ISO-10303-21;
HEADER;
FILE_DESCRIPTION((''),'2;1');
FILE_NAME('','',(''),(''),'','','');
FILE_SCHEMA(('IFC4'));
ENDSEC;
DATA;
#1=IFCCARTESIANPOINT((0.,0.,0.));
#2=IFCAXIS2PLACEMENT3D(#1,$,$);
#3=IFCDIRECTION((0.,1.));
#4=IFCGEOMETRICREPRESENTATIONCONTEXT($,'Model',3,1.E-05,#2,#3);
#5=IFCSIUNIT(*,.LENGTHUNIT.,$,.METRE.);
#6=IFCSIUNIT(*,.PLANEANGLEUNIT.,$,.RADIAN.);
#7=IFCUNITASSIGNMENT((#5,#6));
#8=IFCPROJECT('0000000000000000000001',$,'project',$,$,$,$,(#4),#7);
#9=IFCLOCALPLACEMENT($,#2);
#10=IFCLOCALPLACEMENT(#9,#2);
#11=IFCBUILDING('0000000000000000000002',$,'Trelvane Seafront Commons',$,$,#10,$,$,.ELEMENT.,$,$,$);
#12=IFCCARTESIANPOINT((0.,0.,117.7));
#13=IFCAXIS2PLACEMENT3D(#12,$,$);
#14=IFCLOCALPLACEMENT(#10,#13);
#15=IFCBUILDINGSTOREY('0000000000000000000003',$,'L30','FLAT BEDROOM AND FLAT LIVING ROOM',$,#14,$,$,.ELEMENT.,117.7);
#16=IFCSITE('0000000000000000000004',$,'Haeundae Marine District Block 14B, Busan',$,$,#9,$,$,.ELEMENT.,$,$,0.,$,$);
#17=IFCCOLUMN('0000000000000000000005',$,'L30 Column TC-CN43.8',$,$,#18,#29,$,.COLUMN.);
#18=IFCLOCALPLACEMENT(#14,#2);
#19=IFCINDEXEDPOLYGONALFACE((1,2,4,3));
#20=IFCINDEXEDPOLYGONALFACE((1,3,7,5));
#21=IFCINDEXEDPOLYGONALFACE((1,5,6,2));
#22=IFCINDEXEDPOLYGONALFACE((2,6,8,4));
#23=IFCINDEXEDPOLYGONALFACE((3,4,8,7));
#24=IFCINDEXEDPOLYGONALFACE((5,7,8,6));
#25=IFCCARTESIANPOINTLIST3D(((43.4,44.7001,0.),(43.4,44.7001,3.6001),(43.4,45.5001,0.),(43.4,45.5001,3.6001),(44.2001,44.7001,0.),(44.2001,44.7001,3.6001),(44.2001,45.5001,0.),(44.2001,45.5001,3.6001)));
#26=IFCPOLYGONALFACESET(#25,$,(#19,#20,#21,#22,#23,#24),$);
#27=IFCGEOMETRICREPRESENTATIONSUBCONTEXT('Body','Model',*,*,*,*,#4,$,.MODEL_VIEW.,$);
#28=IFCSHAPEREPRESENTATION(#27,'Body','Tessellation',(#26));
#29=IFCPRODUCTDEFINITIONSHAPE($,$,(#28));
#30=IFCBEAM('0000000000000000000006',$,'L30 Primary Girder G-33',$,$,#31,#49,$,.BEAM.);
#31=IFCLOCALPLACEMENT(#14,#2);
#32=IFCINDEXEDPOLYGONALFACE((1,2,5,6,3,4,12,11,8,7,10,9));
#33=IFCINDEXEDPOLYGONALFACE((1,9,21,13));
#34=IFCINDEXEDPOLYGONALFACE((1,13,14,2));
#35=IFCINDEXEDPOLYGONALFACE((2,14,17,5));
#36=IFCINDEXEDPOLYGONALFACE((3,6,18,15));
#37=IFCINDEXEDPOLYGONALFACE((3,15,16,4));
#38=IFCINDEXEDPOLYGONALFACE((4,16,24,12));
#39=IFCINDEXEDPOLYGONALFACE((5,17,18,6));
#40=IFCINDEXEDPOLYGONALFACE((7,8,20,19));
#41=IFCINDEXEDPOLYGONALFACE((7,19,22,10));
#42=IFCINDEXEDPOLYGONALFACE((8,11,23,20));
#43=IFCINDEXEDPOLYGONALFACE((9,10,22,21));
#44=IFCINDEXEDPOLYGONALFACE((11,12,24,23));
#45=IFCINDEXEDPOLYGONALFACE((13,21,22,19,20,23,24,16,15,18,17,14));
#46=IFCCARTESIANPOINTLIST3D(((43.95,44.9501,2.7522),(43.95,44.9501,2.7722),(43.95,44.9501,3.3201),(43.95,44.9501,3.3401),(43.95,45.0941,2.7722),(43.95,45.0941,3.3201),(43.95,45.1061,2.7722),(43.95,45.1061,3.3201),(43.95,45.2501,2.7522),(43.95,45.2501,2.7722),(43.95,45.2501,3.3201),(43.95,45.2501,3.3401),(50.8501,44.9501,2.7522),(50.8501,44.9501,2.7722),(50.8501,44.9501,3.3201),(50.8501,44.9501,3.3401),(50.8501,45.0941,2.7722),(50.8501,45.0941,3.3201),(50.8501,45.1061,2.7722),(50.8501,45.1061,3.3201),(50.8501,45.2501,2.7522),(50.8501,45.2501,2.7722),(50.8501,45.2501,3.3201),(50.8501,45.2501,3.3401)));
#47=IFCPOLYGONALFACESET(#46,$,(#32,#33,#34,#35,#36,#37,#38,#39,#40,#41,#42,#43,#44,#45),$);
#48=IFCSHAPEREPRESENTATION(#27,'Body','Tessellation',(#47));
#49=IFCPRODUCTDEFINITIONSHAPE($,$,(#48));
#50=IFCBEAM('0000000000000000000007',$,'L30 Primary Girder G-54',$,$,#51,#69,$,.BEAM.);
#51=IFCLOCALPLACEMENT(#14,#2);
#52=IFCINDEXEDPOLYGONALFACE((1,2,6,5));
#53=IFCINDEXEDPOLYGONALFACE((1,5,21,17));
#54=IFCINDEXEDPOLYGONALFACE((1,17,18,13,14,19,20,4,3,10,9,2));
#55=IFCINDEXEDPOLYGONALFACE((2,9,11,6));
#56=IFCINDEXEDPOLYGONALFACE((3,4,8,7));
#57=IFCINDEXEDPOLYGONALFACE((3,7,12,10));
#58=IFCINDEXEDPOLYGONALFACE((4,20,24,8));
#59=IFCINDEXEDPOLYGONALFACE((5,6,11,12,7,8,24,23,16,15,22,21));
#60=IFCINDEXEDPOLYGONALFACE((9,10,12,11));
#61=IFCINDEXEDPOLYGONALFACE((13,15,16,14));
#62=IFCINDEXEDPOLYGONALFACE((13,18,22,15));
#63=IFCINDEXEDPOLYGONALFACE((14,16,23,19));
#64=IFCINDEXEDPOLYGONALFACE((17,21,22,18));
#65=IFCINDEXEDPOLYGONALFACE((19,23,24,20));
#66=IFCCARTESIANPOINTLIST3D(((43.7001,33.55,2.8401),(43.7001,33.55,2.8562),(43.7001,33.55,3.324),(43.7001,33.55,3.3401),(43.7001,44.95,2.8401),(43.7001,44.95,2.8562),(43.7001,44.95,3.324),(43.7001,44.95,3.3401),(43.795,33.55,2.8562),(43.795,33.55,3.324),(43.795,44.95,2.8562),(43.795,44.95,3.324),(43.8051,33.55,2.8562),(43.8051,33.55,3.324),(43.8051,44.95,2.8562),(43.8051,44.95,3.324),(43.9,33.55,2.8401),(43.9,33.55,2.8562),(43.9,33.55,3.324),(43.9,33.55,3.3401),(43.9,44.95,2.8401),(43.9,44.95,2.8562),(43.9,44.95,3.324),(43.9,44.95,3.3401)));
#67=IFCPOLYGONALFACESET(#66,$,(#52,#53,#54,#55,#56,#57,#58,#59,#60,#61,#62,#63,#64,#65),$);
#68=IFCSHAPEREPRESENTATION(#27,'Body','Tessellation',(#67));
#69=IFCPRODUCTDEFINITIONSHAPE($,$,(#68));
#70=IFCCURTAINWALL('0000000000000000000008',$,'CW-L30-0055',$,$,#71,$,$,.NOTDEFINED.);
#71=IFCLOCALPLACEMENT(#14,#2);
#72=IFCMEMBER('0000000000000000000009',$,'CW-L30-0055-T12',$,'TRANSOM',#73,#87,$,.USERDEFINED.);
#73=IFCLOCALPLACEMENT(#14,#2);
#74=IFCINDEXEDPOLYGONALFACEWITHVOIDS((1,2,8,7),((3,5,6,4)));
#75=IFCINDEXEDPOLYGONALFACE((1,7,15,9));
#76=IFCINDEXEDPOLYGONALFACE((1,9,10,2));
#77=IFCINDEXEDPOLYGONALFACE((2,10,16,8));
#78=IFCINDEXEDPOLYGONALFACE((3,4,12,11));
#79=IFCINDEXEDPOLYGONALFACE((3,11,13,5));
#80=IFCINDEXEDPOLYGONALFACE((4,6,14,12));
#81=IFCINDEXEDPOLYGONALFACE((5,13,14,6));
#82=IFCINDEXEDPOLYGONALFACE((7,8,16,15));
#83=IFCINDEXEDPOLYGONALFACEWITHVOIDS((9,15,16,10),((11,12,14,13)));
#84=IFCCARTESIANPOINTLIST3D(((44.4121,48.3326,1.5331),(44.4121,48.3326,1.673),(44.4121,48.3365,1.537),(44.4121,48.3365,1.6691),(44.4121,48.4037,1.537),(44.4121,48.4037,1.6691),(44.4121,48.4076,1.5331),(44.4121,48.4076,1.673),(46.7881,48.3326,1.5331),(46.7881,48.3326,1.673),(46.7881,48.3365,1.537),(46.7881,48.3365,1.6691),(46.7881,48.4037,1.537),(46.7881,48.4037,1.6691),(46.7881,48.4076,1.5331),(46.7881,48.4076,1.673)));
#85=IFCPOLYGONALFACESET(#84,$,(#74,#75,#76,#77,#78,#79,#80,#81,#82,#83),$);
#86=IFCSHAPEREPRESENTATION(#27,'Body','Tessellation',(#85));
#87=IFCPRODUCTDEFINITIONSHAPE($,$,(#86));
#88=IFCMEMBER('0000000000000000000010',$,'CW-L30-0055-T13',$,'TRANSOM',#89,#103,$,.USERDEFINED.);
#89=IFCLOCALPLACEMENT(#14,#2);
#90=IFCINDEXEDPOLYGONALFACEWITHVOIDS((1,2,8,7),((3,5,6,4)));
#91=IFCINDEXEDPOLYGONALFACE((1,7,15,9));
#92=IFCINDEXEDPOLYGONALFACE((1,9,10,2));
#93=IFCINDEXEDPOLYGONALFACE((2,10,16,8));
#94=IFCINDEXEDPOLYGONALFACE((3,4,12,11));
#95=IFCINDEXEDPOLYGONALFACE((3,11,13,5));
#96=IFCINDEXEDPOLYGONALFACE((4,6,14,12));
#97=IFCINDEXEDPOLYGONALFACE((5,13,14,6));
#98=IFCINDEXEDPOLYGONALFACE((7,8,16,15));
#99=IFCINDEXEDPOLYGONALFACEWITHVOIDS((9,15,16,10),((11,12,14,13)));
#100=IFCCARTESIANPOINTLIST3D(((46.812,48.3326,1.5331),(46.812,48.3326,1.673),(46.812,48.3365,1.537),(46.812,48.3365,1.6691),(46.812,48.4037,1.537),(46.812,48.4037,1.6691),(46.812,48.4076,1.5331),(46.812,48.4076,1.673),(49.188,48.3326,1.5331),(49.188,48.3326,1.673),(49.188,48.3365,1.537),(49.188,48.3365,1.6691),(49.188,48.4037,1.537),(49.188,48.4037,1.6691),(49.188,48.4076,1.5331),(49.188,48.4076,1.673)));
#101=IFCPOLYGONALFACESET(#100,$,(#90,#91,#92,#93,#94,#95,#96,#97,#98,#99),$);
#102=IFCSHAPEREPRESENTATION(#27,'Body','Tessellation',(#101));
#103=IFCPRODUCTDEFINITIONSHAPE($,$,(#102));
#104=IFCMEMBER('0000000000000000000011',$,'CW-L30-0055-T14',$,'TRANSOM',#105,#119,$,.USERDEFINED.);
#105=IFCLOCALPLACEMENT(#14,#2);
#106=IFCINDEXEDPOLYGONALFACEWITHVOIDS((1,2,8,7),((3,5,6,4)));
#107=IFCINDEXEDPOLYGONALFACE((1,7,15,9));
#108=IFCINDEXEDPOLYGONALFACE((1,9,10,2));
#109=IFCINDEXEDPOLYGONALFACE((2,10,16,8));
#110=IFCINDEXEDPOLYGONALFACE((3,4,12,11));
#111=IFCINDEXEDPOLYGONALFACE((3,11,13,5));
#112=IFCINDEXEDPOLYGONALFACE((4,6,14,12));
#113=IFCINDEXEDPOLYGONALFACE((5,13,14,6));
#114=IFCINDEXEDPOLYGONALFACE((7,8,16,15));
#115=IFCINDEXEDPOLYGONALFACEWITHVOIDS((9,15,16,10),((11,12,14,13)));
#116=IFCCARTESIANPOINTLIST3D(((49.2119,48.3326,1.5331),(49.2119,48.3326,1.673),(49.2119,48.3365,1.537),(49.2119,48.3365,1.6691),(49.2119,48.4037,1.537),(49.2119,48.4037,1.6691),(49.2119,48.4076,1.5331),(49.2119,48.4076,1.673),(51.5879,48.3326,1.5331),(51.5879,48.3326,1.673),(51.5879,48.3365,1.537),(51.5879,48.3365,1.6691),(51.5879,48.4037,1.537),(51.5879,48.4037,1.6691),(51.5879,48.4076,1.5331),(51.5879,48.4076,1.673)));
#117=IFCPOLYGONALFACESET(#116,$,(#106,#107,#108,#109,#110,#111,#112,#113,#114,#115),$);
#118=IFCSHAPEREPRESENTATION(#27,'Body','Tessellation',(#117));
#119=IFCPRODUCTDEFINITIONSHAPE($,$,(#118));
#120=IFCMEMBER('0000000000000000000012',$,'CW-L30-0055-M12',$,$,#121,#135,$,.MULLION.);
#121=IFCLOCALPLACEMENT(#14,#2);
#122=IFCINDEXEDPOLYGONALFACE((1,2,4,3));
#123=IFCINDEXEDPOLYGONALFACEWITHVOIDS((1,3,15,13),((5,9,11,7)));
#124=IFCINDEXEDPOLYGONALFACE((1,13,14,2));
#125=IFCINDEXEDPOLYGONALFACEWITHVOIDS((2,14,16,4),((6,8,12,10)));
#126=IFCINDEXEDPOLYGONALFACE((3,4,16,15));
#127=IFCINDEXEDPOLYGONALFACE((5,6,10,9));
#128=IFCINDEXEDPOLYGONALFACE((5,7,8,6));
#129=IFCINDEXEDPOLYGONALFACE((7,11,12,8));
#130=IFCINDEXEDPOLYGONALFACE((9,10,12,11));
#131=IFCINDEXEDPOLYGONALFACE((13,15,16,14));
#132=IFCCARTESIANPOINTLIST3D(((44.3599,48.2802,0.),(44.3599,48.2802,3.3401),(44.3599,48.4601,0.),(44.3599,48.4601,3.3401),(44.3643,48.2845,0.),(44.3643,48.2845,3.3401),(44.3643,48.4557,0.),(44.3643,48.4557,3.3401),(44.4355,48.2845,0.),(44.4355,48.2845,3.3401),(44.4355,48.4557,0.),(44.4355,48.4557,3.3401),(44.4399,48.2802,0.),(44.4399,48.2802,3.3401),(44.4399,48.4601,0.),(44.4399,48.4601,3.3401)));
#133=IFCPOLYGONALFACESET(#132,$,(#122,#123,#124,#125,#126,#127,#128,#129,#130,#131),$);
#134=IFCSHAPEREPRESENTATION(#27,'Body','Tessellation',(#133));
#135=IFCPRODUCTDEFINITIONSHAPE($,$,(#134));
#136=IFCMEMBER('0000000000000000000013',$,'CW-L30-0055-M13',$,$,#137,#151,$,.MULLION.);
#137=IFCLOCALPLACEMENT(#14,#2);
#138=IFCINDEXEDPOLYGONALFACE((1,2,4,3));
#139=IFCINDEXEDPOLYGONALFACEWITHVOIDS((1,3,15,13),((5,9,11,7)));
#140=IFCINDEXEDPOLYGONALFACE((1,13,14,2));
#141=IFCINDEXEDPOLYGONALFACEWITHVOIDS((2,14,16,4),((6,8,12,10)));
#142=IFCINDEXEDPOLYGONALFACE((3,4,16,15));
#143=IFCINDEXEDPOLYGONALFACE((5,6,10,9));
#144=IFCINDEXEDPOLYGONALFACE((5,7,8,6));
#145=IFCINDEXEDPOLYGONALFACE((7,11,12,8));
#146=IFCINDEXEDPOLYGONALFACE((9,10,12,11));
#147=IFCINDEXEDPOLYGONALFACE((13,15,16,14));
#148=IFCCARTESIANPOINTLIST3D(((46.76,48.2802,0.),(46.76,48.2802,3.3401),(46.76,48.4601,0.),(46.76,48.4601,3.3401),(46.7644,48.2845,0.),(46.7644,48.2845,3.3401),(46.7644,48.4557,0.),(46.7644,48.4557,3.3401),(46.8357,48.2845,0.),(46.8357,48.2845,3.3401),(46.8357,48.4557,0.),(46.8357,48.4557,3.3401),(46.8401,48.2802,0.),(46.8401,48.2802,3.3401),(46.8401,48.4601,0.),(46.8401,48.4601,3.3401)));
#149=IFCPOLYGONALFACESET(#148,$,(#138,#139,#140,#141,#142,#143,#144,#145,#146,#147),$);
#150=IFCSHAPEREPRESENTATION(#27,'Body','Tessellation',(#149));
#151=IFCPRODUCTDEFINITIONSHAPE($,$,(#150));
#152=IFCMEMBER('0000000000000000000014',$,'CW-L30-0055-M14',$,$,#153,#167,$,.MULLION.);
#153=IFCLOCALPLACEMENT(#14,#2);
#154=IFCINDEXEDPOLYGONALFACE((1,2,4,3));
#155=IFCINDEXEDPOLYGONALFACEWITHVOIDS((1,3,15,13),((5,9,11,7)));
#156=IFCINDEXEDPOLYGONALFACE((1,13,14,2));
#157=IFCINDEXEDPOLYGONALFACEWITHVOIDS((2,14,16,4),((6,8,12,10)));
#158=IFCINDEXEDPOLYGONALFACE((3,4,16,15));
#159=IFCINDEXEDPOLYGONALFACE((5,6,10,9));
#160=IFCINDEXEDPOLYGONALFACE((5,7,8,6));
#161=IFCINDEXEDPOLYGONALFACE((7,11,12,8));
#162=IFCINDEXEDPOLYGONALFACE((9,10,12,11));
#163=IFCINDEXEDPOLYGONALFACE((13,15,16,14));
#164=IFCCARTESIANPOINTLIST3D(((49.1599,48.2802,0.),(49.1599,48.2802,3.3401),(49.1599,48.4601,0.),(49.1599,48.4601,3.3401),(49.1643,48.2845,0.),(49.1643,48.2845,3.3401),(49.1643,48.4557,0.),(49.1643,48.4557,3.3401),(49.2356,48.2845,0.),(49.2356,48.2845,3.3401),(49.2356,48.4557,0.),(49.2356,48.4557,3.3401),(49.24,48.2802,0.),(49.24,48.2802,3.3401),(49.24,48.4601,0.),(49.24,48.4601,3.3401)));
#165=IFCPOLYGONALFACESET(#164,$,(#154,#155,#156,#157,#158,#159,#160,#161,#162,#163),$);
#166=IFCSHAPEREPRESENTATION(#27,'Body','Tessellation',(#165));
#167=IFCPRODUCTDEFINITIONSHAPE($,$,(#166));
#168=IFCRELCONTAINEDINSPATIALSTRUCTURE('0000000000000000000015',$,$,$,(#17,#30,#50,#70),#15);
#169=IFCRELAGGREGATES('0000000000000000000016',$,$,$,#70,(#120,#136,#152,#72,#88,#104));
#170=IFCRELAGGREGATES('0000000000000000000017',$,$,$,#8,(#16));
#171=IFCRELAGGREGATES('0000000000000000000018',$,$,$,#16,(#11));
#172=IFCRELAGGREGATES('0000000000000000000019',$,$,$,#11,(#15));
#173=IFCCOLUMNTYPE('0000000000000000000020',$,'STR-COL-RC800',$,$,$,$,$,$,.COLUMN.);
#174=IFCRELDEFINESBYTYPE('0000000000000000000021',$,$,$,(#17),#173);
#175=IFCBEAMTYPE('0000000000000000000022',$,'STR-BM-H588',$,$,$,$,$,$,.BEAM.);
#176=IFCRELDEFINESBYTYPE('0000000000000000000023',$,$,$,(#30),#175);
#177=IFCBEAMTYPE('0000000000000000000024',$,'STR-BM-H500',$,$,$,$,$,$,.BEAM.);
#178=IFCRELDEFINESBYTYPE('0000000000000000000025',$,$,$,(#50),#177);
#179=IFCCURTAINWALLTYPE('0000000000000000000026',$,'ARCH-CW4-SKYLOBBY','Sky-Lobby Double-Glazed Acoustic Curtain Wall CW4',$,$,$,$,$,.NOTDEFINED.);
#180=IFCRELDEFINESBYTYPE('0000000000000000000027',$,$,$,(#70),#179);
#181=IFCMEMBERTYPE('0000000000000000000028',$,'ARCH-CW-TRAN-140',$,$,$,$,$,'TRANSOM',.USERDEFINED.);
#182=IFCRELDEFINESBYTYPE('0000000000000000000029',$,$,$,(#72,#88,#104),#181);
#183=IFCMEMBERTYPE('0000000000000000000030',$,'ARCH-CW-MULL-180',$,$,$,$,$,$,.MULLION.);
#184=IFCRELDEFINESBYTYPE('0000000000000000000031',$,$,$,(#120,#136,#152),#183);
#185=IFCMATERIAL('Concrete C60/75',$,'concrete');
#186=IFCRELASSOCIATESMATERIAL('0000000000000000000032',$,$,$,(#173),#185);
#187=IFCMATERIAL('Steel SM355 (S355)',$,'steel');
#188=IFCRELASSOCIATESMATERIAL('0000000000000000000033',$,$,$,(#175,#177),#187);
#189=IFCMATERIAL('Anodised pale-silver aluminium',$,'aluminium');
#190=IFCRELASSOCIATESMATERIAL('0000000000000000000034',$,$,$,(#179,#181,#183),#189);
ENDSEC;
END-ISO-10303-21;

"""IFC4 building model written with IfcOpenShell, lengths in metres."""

from ifc_helpers import new_model, si_unit, direction, frame, origin, origin_2d, place, context, subcontext, project, spatial, rectangle, hollow_rectangle, i_section, extrude, source, transform, mapped, material, material_profile, profile_set, type_object, element, aggregate, save


model = new_model("IFC4")

# Units and contexts
model_context = context("Model", 3, precision=1e-05, world=origin(), true_north=direction((0.0, 1.0)))
body_context = subcontext(model_context, "Body", "Model", "MODEL_VIEW")
ifc_project = project(units=[si_unit("LENGTHUNIT", "METRE"), si_unit("PLANEANGLEUNIT", "RADIAN")], contexts=[model_context])

# Site, building, storey
site_placement = place(None, origin())
site = spatial("IfcSite", under=ifc_project, at=site_placement, Name="Haeundae Marine District Block 14B, Busan", CompositionType="ELEMENT", RefElevation=0.0)
building_placement = place(site_placement, origin())
building = spatial("IfcBuilding", under=site, at=building_placement, Name="Trelvane Seafront Commons", CompositionType="ELEMENT")
storey_placement = place(building_placement, frame((0.0, 0.0, 117.7)))
storey = spatial("IfcBuildingStorey", under=building, at=storey_placement, Name="L30", Description="FLAT BEDROOM AND FLAT LIVING ROOM", CompositionType="ELEMENT", Elevation=117.7)

# Column
ifc_material_1 = material(Name="Concrete C60/75", Category="concrete")
ifc_material_profile_1 = material_profile(ifc_material_1, rectangle(XDim=0.8, YDim=0.8, at=origin_2d()), Name="RC-800x800")
ifc_profile_set_1 = profile_set([ifc_material_profile_1], Name="Concrete C60/75")
column_type = type_object("IfcColumnType", Name="STR-COL-RC800", PredefinedType="COLUMN", material=ifc_profile_set_1)
shared_shape_1 = source(origin(), body_context, "Body", "SweptSolid", [
    extrude(rectangle(XDim=0.8, YDim=0.8, at=origin_2d()), origin(), (0.0, 0.0, 1.0), 3.6001),
])
column_placement = place(storey_placement, frame((43.8, 45.1001, 0.0), z_axis=(0.0, 0.0, 1.0), x_axis=(1.0, 0.0, 0.0)))
element("IfcColumn", 1, at=column_placement, inside=storey, type_object=column_type, Name="L30 Column TC-CN43.8", PredefinedType="COLUMN", context=body_context, shape_type="MappedRepresentation", body=[
    mapped(shared_shape_1, transform((0.0, 0.0, 0.0), x_axis=(1.0, 0.0, 0.0), y_axis=(0.0, 1.0, 0.0), z_axis=(0.0, 0.0, 1.0), scale=1.0)),
])

# Beams
ifc_material_2 = material(Name="Steel SM355 (S355)", Category="steel")
ifc_material_profile_2 = material_profile(ifc_material_2, i_section(OverallWidth=0.3, OverallDepth=0.5879, WebThickness=0.012, FlangeThickness=0.02, at=origin_2d()), Name="H-588x300x12x20")
ifc_profile_set_2 = profile_set([ifc_material_profile_2], Name="Steel SM355 (S355)")
beam_type_1 = type_object("IfcBeamType", Name="STR-BM-H588", PredefinedType="BEAM", material=ifc_profile_set_2)
shared_shape_2 = source(origin(), body_context, "Body", "SweptSolid", [
    extrude(i_section(OverallWidth=0.3, OverallDepth=0.5879, WebThickness=0.012, FlangeThickness=0.02, at=origin_2d()), origin(), (0.0, 0.0, 1.0), 6.9001),
])
beam_1_placement = place(storey_placement, frame((43.95, 45.1001, 3.0461), z_axis=(1.0, 0.0, 0.0), x_axis=(0.0, 1.0, 0.0)))
element("IfcBeam", 2, at=beam_1_placement, inside=storey, type_object=beam_type_1, Name="L30 Primary Girder G-33", PredefinedType="BEAM", context=body_context, shape_type="MappedRepresentation", body=[
    mapped(shared_shape_2, transform((0.0, 0.0, 0.0), x_axis=(1.0, 0.0, 0.0), y_axis=(0.0, 1.0, 0.0), z_axis=(0.0, 0.0, 1.0), scale=1.0)),
])
ifc_material_profile_3 = material_profile(ifc_material_2, i_section(OverallWidth=0.2, OverallDepth=0.5, WebThickness=0.01, FlangeThickness=0.0161, at=origin_2d()), Name="H-500x200x10x16")
ifc_profile_set_3 = profile_set([ifc_material_profile_3], Name="Steel SM355 (S355)")
beam_type_2 = type_object("IfcBeamType", Name="STR-BM-H500", PredefinedType="BEAM", material=ifc_profile_set_3)
shared_shape_3 = source(origin(), body_context, "Body", "SweptSolid", [
    extrude(i_section(OverallWidth=0.2, OverallDepth=0.5, WebThickness=0.01, FlangeThickness=0.0161, at=origin_2d()), origin(), (0.0, 0.0, 1.0), 11.3999),
])
beam_2_placement = place(storey_placement, frame((43.8, 33.55, 3.0901), z_axis=(0.0, 1.0, 0.0), x_axis=(-1.0, 0.0, 0.0)))
element("IfcBeam", 3, at=beam_2_placement, inside=storey, type_object=beam_type_2, Name="L30 Primary Girder G-54", PredefinedType="BEAM", context=body_context, shape_type="MappedRepresentation", body=[
    mapped(shared_shape_3, transform((0.0, 0.0, 0.0), x_axis=(1.0, 0.0, 0.0), y_axis=(0.0, 1.0, 0.0), z_axis=(0.0, 0.0, 1.0), scale=1.0)),
])

# Curtain wall, members
ifc_material_3 = material(Name="Anodised pale-silver aluminium", Category="aluminium")
curtain_wall_type = type_object("IfcCurtainWallType", Name="ARCH-CW4-SKYLOBBY", Description="Sky-Lobby Double-Glazed Acoustic Curtain Wall CW4", PredefinedType="NOTDEFINED", material=ifc_material_3)
curtain_wall_placement = place(storey_placement, origin())
curtain_wall = element("IfcCurtainWall", 4, at=curtain_wall_placement, inside=storey, type_object=curtain_wall_type, Name="CW-L30-0055", PredefinedType="NOTDEFINED")
ifc_material_profile_4 = material_profile(ifc_material_3, hollow_rectangle(XDim=0.075, YDim=0.1399, WallThickness=0.0039, at=origin_2d()), Name="TRAN-75x140x4")
ifc_profile_set_4 = profile_set([ifc_material_profile_4], Name="Anodised pale-silver aluminium")
member_type_1 = type_object("IfcMemberType", Name="ARCH-CW-TRAN-140", ElementType="TRANSOM", PredefinedType="USERDEFINED", material=ifc_profile_set_4)
shared_shape_4 = source(origin(), body_context, "Body", "SweptSolid", [
    extrude(hollow_rectangle(XDim=0.075, YDim=0.1399, WallThickness=0.0039, at=origin_2d()), origin(), (0.0, 0.0, 1.0), 2.376),
])
member_1_placement = place(storey_placement, frame((44.4121, 48.3701, 1.603), z_axis=(1.0, 0.0, 0.0), x_axis=(0.0, 1.0, 0.0)))
member_1 = element("IfcMember", 5, at=member_1_placement, type_object=member_type_1, Name="CW-L30-0055-T12", ObjectType="TRANSOM", PredefinedType="USERDEFINED", context=body_context, shape_type="MappedRepresentation", body=[
    mapped(shared_shape_4, transform((0.0, 0.0, 0.0), x_axis=(1.0, 0.0, 0.0), y_axis=(0.0, 1.0, 0.0), z_axis=(0.0, 0.0, 1.0), scale=1.0)),
])
member_2_placement = place(storey_placement, frame((46.812, 48.3701, 1.603), z_axis=(1.0, 0.0, 0.0), x_axis=(0.0, 1.0, 0.0)))
member_2 = element("IfcMember", 6, at=member_2_placement, type_object=member_type_1, Name="CW-L30-0055-T13", ObjectType="TRANSOM", PredefinedType="USERDEFINED", context=body_context, shape_type="MappedRepresentation", body=[
    mapped(shared_shape_4, transform((0.0, 0.0, 0.0), x_axis=(1.0, 0.0, 0.0), y_axis=(0.0, 1.0, 0.0), z_axis=(0.0, 0.0, 1.0), scale=1.0)),
])
member_3_placement = place(storey_placement, frame((49.2119, 48.3701, 1.603), z_axis=(1.0, 0.0, 0.0), x_axis=(0.0, 1.0, 0.0)))
member_3 = element("IfcMember", 7, at=member_3_placement, type_object=member_type_1, Name="CW-L30-0055-T14", ObjectType="TRANSOM", PredefinedType="USERDEFINED", context=body_context, shape_type="MappedRepresentation", body=[
    mapped(shared_shape_4, transform((0.0, 0.0, 0.0), x_axis=(1.0, 0.0, 0.0), y_axis=(0.0, 1.0, 0.0), z_axis=(0.0, 0.0, 1.0), scale=1.0)),
])
ifc_material_profile_5 = material_profile(ifc_material_3, hollow_rectangle(XDim=0.0801, YDim=0.1799, WallThickness=0.0044, at=origin_2d()), Name="MULL-80x180x4.5")
ifc_profile_set_5 = profile_set([ifc_material_profile_5], Name="Anodised pale-silver aluminium")
member_type_2 = type_object("IfcMemberType", Name="ARCH-CW-MULL-180", PredefinedType="MULLION", material=ifc_profile_set_5)
shared_shape_5 = source(origin(), body_context, "Body", "SweptSolid", [
    extrude(hollow_rectangle(XDim=0.0801, YDim=0.1799, WallThickness=0.0044, at=origin_2d()), origin(), (0.0, 0.0, 1.0), 3.3401),
])
member_4_placement = place(storey_placement, frame((44.3999, 48.3701, 0.0), z_axis=(0.0, 0.0, 1.0), x_axis=(1.0, 0.0, 0.0)))
member_4 = element("IfcMember", 8, at=member_4_placement, type_object=member_type_2, Name="CW-L30-0055-M12", PredefinedType="MULLION", context=body_context, shape_type="MappedRepresentation", body=[
    mapped(shared_shape_5, transform((0.0, 0.0, 0.0), x_axis=(1.0, 0.0, 0.0), y_axis=(0.0, 1.0, 0.0), z_axis=(0.0, 0.0, 1.0), scale=1.0)),
])
member_5_placement = place(storey_placement, frame((46.8, 48.3701, 0.0), z_axis=(0.0, 0.0, 1.0), x_axis=(1.0, 0.0, 0.0)))
member_5 = element("IfcMember", 9, at=member_5_placement, type_object=member_type_2, Name="CW-L30-0055-M13", PredefinedType="MULLION", context=body_context, shape_type="MappedRepresentation", body=[
    mapped(shared_shape_5, transform((0.0, 0.0, 0.0), x_axis=(1.0, 0.0, 0.0), y_axis=(0.0, 1.0, 0.0), z_axis=(0.0, 0.0, 1.0), scale=1.0)),
])
member_6_placement = place(storey_placement, frame((49.2, 48.3701, 0.0), z_axis=(0.0, 0.0, 1.0), x_axis=(1.0, 0.0, 0.0)))
member_6 = element("IfcMember", 10, at=member_6_placement, type_object=member_type_2, Name="CW-L30-0055-M14", PredefinedType="MULLION", context=body_context, shape_type="MappedRepresentation", body=[
    mapped(shared_shape_5, transform((0.0, 0.0, 0.0), x_axis=(1.0, 0.0, 0.0), y_axis=(0.0, 1.0, 0.0), z_axis=(0.0, 0.0, 1.0), scale=1.0)),
])

aggregate(curtain_wall, [member_4, member_5, member_6, member_1, member_2, member_3])

save(model, "model.ifc")
